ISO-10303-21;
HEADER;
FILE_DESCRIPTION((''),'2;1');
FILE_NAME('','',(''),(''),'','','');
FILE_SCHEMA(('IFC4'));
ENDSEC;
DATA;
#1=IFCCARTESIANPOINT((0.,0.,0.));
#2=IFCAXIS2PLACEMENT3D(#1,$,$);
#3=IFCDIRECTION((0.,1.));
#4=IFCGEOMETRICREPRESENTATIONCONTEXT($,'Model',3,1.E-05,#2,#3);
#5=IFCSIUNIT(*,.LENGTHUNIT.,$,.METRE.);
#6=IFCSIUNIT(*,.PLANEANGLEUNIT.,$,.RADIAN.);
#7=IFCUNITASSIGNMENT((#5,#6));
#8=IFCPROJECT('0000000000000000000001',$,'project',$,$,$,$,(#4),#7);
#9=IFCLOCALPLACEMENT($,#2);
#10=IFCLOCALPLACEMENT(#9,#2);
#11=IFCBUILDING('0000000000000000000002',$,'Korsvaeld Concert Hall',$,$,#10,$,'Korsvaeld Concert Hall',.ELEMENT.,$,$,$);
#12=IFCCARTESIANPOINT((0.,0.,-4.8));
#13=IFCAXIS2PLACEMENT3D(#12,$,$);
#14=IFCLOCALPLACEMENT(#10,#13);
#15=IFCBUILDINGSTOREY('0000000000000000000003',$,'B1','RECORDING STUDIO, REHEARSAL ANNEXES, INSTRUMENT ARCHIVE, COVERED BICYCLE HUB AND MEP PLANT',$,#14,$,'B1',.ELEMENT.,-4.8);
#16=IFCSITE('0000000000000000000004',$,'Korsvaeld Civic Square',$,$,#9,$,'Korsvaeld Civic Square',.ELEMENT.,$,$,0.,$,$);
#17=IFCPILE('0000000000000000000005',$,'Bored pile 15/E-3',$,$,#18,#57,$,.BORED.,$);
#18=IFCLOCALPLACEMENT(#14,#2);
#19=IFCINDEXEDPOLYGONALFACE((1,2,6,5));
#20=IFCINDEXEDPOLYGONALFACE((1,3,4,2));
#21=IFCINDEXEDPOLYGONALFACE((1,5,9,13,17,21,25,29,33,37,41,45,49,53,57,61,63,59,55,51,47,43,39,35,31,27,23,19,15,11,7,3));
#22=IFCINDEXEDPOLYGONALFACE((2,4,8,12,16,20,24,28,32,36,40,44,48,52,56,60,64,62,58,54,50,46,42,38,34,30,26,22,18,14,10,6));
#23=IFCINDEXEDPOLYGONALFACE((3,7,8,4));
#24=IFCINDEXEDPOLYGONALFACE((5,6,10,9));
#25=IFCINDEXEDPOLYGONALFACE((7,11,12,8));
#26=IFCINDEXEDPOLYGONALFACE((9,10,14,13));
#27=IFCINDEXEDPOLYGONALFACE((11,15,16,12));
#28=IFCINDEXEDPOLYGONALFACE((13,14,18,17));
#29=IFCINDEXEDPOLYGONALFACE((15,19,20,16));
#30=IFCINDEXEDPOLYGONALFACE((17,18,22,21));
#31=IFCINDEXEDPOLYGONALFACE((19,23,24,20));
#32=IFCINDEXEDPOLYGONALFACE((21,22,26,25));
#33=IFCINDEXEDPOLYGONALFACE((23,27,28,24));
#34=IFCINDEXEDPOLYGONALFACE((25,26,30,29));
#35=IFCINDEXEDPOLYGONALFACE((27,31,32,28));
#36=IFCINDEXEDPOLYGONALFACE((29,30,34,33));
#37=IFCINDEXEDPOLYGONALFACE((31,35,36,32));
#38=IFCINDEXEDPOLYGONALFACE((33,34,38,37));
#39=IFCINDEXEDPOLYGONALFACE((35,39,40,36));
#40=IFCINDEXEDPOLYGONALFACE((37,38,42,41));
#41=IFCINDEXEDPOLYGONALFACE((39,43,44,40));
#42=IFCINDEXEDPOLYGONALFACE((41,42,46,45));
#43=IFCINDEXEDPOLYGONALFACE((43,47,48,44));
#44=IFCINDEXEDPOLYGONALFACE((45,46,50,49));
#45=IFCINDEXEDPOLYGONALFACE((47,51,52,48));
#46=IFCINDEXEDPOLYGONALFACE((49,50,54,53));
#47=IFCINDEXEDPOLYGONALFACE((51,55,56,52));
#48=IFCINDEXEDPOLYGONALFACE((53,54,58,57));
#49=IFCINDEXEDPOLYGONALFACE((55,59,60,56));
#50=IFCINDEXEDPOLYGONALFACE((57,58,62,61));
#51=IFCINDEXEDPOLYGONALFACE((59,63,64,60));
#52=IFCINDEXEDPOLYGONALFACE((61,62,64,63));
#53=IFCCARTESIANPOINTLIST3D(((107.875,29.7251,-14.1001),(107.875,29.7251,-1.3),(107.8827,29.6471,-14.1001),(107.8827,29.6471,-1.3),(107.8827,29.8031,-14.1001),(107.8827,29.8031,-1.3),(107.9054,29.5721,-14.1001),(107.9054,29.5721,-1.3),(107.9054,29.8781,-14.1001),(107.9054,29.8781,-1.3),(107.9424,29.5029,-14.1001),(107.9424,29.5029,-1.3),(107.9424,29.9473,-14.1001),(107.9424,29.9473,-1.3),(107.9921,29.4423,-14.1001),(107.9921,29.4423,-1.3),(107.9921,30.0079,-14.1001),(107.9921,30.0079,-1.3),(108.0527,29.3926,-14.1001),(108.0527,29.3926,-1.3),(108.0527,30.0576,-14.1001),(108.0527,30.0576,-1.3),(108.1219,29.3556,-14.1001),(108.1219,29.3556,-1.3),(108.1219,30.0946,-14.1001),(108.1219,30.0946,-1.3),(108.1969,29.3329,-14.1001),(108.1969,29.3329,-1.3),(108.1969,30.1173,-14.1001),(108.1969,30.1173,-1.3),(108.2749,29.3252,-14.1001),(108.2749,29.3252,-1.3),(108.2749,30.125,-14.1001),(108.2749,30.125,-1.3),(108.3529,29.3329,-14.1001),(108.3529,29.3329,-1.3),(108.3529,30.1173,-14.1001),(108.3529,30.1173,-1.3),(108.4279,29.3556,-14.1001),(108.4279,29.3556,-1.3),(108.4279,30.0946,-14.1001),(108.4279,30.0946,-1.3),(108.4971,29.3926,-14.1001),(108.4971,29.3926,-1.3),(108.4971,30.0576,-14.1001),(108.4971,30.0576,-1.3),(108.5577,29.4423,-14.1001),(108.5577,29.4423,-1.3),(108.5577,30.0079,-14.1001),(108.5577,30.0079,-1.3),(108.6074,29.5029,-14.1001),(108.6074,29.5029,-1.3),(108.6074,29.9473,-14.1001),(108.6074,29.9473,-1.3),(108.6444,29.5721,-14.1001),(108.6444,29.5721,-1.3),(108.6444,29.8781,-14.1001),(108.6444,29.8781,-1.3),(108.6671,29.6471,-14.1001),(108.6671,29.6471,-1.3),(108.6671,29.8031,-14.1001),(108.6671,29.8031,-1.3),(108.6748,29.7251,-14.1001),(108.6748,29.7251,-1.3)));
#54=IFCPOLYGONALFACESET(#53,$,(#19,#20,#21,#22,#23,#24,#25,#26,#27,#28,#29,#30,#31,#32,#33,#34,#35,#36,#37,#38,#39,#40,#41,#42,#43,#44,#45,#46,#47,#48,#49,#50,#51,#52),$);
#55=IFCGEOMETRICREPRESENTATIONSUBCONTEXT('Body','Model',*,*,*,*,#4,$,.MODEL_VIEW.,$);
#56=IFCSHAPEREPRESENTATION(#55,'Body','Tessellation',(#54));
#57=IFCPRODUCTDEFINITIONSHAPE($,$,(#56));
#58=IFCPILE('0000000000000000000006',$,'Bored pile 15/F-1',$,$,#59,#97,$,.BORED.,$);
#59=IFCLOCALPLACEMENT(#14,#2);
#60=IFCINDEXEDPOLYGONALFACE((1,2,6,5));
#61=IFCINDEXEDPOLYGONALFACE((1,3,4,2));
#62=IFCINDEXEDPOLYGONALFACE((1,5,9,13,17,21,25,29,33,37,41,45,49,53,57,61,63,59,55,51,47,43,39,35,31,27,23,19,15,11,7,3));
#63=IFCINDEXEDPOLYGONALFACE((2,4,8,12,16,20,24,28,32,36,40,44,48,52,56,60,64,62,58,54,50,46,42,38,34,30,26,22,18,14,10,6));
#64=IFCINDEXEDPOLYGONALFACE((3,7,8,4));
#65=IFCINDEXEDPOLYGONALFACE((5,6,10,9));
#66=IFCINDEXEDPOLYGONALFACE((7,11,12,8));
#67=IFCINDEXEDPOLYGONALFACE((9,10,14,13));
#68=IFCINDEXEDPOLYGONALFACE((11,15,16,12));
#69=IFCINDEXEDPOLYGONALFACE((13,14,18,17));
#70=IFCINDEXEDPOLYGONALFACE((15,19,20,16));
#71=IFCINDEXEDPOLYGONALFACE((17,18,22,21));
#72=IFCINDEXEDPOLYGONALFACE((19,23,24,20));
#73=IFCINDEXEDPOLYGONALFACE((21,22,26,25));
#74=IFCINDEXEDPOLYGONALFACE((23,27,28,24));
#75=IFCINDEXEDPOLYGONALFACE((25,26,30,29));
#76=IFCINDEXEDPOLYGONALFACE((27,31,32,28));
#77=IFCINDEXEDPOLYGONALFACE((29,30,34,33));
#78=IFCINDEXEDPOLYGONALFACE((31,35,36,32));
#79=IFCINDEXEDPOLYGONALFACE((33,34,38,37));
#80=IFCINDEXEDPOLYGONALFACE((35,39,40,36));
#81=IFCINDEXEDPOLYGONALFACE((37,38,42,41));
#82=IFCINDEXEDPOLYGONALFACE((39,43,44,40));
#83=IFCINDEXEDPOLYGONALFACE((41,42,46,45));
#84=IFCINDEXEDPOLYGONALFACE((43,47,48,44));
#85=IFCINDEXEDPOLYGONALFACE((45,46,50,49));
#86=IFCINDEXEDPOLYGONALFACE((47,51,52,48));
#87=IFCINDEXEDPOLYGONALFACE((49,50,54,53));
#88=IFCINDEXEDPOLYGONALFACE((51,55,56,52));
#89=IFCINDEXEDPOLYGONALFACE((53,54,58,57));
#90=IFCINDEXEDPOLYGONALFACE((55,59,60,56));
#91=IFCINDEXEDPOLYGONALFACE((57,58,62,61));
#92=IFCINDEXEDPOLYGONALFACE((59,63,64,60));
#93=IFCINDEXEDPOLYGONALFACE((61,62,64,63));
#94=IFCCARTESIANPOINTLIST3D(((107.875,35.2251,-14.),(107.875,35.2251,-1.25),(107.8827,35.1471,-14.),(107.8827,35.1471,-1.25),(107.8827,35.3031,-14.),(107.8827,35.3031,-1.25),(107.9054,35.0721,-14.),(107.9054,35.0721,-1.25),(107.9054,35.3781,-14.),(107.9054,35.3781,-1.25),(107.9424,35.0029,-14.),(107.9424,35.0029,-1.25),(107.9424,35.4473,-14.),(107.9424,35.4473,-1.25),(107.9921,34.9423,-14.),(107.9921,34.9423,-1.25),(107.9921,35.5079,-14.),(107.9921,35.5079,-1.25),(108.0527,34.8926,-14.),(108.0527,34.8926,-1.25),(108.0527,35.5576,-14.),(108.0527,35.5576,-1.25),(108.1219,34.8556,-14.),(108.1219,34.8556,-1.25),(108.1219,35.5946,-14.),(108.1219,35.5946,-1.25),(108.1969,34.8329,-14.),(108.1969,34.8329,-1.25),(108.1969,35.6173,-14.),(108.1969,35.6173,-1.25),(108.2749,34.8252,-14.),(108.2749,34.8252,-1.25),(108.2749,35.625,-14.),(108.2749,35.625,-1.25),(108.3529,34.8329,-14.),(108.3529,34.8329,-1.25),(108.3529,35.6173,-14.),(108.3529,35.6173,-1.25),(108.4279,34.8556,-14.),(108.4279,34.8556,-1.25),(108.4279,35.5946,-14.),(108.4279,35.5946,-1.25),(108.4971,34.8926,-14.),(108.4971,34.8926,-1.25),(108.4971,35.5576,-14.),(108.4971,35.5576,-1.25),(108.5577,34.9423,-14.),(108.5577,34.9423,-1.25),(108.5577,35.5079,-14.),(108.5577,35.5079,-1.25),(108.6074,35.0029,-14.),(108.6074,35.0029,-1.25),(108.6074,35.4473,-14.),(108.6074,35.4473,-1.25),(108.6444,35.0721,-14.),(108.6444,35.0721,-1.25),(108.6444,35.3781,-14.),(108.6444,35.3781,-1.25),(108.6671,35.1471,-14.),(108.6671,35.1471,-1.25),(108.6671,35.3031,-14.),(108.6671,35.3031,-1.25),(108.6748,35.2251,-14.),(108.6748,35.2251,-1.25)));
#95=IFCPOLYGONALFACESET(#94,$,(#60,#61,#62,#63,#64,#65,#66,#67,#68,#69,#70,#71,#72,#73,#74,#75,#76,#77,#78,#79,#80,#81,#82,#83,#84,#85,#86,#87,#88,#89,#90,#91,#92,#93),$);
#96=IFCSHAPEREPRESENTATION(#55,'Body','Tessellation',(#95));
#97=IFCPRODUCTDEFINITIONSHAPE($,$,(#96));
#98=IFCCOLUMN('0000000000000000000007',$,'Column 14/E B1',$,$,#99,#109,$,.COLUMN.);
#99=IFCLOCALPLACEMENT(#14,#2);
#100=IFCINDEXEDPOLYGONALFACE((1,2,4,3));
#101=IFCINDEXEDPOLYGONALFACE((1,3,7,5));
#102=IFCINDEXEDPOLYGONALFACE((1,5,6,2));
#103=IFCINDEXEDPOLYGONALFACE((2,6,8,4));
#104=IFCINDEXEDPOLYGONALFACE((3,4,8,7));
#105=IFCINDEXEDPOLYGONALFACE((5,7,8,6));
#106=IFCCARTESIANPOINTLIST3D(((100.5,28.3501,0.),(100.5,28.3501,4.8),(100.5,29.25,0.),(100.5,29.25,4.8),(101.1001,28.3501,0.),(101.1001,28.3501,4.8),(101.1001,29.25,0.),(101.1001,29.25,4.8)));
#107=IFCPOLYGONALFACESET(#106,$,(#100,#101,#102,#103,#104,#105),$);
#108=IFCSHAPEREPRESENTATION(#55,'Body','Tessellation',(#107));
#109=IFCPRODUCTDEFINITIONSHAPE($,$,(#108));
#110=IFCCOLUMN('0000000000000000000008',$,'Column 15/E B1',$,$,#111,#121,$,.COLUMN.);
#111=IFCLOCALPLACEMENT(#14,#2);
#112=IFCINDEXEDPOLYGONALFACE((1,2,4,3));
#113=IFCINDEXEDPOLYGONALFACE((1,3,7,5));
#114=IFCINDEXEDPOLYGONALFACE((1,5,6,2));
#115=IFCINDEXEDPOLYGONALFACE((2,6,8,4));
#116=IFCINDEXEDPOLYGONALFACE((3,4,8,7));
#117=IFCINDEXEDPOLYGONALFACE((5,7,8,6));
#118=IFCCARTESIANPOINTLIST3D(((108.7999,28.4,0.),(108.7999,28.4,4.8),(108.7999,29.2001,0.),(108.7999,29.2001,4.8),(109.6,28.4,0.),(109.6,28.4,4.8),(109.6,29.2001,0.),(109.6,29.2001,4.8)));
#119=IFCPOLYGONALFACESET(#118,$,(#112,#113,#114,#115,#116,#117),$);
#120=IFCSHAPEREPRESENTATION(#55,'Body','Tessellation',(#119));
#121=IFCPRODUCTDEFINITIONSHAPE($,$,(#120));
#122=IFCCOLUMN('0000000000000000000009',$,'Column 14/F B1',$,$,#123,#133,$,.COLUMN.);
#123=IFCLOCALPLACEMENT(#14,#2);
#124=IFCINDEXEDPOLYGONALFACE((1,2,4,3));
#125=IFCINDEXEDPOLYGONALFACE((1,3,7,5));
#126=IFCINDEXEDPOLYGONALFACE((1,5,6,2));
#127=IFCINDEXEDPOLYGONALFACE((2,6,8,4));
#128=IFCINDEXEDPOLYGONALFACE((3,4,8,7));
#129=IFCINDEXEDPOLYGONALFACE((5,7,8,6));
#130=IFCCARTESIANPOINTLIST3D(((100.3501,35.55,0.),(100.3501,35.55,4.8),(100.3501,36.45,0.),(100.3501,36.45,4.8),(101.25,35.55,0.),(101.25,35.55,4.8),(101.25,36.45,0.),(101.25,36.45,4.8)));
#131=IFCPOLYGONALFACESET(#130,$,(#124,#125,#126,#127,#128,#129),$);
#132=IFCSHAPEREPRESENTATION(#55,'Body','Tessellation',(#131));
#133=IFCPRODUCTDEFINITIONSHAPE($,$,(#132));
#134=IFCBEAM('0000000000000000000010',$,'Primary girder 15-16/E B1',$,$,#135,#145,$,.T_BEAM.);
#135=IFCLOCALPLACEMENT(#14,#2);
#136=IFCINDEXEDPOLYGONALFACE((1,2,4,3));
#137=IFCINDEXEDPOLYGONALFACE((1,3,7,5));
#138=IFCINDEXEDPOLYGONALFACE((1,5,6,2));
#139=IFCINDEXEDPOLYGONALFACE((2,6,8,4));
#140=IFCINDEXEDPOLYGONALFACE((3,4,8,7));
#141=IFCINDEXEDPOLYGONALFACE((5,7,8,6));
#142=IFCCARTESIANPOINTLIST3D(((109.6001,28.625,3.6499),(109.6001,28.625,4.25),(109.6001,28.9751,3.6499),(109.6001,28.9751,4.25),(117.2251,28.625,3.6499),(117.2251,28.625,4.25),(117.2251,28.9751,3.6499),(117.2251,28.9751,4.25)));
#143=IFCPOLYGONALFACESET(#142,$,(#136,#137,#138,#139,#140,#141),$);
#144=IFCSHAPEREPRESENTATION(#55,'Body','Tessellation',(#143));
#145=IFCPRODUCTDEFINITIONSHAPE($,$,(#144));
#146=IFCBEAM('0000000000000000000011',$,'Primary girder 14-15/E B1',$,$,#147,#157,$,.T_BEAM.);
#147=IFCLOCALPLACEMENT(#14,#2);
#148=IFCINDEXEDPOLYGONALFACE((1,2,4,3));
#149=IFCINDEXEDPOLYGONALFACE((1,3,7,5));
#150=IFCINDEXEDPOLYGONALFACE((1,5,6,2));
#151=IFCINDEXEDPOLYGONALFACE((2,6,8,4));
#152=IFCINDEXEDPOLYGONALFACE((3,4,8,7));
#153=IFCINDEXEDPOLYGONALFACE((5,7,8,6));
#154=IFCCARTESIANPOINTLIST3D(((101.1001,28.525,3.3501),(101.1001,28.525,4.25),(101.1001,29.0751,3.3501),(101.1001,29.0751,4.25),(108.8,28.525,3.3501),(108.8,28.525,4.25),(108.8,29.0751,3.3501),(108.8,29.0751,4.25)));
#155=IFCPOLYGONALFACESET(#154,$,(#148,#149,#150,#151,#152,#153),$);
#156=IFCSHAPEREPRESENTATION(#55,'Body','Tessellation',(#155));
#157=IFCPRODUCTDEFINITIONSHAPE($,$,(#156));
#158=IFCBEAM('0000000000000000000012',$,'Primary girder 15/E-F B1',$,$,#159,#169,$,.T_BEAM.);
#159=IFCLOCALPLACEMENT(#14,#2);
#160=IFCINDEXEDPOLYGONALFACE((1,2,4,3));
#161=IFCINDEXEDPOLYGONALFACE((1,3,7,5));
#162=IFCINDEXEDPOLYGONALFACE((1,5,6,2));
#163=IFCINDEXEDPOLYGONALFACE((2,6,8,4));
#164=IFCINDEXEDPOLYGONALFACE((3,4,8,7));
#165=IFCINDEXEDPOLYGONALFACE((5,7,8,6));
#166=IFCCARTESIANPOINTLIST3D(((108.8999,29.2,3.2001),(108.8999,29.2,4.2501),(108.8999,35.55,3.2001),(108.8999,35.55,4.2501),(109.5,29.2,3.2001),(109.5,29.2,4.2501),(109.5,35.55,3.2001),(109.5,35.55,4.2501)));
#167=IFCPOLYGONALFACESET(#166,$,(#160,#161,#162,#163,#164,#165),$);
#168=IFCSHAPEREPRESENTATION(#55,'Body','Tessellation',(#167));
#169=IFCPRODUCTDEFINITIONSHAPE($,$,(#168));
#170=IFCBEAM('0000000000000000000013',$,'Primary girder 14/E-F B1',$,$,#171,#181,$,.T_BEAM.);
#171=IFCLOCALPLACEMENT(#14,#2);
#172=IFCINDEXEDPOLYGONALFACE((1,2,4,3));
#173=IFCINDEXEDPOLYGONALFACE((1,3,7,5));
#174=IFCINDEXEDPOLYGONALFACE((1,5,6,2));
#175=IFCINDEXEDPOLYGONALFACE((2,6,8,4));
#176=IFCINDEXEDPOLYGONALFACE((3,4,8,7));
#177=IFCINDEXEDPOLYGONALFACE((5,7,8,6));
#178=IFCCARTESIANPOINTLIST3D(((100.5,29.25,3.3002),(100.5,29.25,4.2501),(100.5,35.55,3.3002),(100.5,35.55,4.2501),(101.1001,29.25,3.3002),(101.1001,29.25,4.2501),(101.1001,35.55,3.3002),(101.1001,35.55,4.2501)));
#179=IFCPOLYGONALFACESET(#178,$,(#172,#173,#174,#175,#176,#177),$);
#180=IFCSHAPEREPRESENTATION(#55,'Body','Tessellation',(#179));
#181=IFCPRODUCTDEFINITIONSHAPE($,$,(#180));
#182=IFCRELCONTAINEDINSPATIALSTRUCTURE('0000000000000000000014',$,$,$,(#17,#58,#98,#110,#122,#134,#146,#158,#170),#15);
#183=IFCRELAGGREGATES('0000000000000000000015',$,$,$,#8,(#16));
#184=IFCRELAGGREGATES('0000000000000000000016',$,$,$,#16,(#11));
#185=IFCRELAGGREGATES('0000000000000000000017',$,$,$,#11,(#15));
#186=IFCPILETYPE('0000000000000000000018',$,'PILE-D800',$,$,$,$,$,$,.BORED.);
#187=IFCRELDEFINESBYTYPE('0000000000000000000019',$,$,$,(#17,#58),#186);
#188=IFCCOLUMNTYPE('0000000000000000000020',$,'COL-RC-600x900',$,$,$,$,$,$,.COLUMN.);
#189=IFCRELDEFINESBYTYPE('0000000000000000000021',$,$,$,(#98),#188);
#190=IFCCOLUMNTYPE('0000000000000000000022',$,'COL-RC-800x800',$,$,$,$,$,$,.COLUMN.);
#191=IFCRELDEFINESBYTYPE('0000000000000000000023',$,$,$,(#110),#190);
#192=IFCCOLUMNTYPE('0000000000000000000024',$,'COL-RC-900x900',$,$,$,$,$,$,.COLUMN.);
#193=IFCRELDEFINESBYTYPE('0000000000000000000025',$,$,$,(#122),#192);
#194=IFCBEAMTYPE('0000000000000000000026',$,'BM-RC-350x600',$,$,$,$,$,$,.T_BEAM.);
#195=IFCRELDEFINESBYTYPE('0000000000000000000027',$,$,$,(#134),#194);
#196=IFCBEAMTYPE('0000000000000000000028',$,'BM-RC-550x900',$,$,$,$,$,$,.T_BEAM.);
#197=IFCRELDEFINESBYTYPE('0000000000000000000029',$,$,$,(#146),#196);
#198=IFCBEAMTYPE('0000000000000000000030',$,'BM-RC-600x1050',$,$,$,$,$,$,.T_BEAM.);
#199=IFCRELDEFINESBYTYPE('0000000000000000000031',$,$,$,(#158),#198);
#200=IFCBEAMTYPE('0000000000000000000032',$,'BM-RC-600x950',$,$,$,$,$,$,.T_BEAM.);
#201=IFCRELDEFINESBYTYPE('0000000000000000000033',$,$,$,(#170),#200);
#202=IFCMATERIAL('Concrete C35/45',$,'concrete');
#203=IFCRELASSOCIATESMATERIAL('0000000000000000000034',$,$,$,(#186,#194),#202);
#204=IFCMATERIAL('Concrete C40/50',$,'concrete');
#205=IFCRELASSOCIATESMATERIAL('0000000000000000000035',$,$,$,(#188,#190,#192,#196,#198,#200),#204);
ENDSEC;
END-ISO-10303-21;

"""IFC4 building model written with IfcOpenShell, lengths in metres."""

from ifc_helpers import new_model, si_unit, direction, frame, origin, origin_2d, place, context, subcontext, project, spatial, rectangle, circle, extrude, material, material_profile, profile_set, type_object, element, save


model = new_model("IFC4")

# Units and contexts
model_context = context("Model", 3, precision=1e-05, world=origin(), true_north=direction((0.0, 1.0)))
body_context = subcontext(model_context, "Body", "Model", "MODEL_VIEW")
ifc_project = project(units=[si_unit("LENGTHUNIT", "METRE"), si_unit("PLANEANGLEUNIT", "RADIAN")], contexts=[model_context])

# Site, building, storey
site_placement = place(None, origin())
site = spatial("IfcSite", under=ifc_project, at=site_placement, Name="Korsvaeld Civic Square", LongName="Korsvaeld Civic Square", CompositionType="ELEMENT", RefElevation=0.0)
building_placement = place(site_placement, origin())
building = spatial("IfcBuilding", under=site, at=building_placement, Name="Korsvaeld Concert Hall", LongName="Korsvaeld Concert Hall", CompositionType="ELEMENT")
storey_placement = place(building_placement, frame((0.0, 0.0, -4.8)))
storey = spatial("IfcBuildingStorey", under=building, at=storey_placement, Name="B1", Description="RECORDING STUDIO, REHEARSAL ANNEXES, INSTRUMENT ARCHIVE, COVERED BICYCLE HUB AND MEP PLANT", LongName="B1", CompositionType="ELEMENT", Elevation=-4.8)

# Shared definitions
ifc_material_1 = material(Name="Concrete C35/45", Category="concrete")

# Piles
ifc_material_profile_1 = material_profile(ifc_material_1, circle(Radius=0.3999, at=origin_2d()), Name="BORED PILE D800")
ifc_profile_set_1 = profile_set([ifc_material_profile_1], Name="Concrete C35/45")
pile_type_1 = type_object("IfcPileType", Name="PILE-D800", PredefinedType="BORED", material=ifc_profile_set_1)
for number, where, z_axis, x_axis, name in (
    (1, (108.2749, 29.7251, -1.3), (0.0, 0.0, -1.0), (1.0, 0.0, 0.0), "Bored pile 15/E-3"),
):
    element("IfcPile", number, at=place(storey_placement, frame(where, z_axis=z_axis, x_axis=x_axis)), inside=storey, type_object=pile_type_1, Name=name, PredefinedType="BORED", context=body_context, shape_type="SweptSolid", body=[
        extrude(circle(Radius=0.3999, at=origin_2d()), origin(), (0.0, 0.0, 1.0), 12.8),
    ])
pile_placement = place(storey_placement, frame((108.2749, 35.2251, -1.25), z_axis=(0.0, 0.0, -1.0), x_axis=(1.0, 0.0, 0.0)))
element("IfcPile", 2, at=pile_placement, inside=storey, type_object=pile_type_1, Name="Bored pile 15/F-1", PredefinedType="BORED", context=body_context, shape_type="SweptSolid", body=[
    extrude(circle(Radius=0.3999, at=origin_2d()), origin(), (0.0, 0.0, 1.0), 12.75),
])

# Columns
ifc_material_2 = material(Name="Concrete C40/50", Category="concrete")
ifc_material_profile_2 = material_profile(ifc_material_2, rectangle(XDim=0.6001, YDim=0.8999, at=origin_2d()), Name="RC 600x900")
ifc_profile_set_2 = profile_set([ifc_material_profile_2], Name="Concrete C40/50")
column_type_1 = type_object("IfcColumnType", Name="COL-RC-600x900", PredefinedType="COLUMN", material=ifc_profile_set_2)
column_1_placement = place(storey_placement, frame((100.8, 28.8, 0.0), z_axis=(0.0, 0.0, 1.0), x_axis=(1.0, 0.0, 0.0)))
element("IfcColumn", 3, at=column_1_placement, inside=storey, type_object=column_type_1, Name="Column 14/E B1", PredefinedType="COLUMN", context=body_context, shape_type="SweptSolid", body=[
    extrude(rectangle(XDim=0.6001, YDim=0.8999, at=origin_2d()), origin(), (0.0, 0.0, 1.0), 4.8),
])
ifc_material_profile_3 = material_profile(ifc_material_2, rectangle(XDim=0.8, YDim=0.8, at=origin_2d()), Name="RC 800x800")
ifc_profile_set_3 = profile_set([ifc_material_profile_3], Name="Concrete C40/50")
column_type_2 = type_object("IfcColumnType", Name="COL-RC-800x800", PredefinedType="COLUMN", material=ifc_profile_set_3)
column_2_placement = place(storey_placement, frame((109.2, 28.8, 0.0), z_axis=(0.0, 0.0, 1.0), x_axis=(1.0, 0.0, 0.0)))
element("IfcColumn", 4, at=column_2_placement, inside=storey, type_object=column_type_2, Name="Column 15/E B1", PredefinedType="COLUMN", context=body_context, shape_type="SweptSolid", body=[
    extrude(rectangle(XDim=0.8, YDim=0.8, at=origin_2d()), origin(), (0.0, 0.0, 1.0), 4.8),
])
ifc_material_profile_4 = material_profile(ifc_material_2, rectangle(XDim=0.8999, YDim=0.8999, at=origin_2d()), Name="RC 900x900")
ifc_profile_set_4 = profile_set([ifc_material_profile_4], Name="Concrete C40/50")
column_type_3 = type_object("IfcColumnType", Name="COL-RC-900x900", PredefinedType="COLUMN", material=ifc_profile_set_4)
column_3_placement = place(storey_placement, frame((100.8, 36.0, 0.0), z_axis=(0.0, 0.0, 1.0), x_axis=(1.0, 0.0, 0.0)))
element("IfcColumn", 5, at=column_3_placement, inside=storey, type_object=column_type_3, Name="Column 14/F B1", PredefinedType="COLUMN", context=body_context, shape_type="SweptSolid", body=[
    extrude(rectangle(XDim=0.8999, YDim=0.8999, at=origin_2d()), origin(), (0.0, 0.0, 1.0), 4.8),
])

# Beams
ifc_material_profile_5 = material_profile(ifc_material_1, rectangle(XDim=0.3501, YDim=0.6001, at=origin_2d()), Name="RC 350x600")
ifc_profile_set_5 = profile_set([ifc_material_profile_5], Name="Concrete C35/45")
beam_type_1 = type_object("IfcBeamType", Name="BM-RC-350x600", PredefinedType="T_BEAM", material=ifc_profile_set_5)
beam_1_placement = place(storey_placement, frame((109.6001, 28.8, 3.95), z_axis=(1.0, 0.0, 0.0), x_axis=(0.0, 1.0, 0.0)))
element("IfcBeam", 6, at=beam_1_placement, inside=storey, type_object=beam_type_1, Name="Primary girder 15-16/E B1", PredefinedType="T_BEAM", context=body_context, shape_type="SweptSolid", body=[
    extrude(rectangle(XDim=0.3501, YDim=0.6001, at=origin_2d()), origin(), (0.0, 0.0, 1.0), 7.625),
])
ifc_material_profile_6 = material_profile(ifc_material_2, rectangle(XDim=0.55, YDim=0.8999, at=origin_2d()), Name="RC 550x900")
ifc_profile_set_6 = profile_set([ifc_material_profile_6], Name="Concrete C40/50")
beam_type_2 = type_object("IfcBeamType", Name="BM-RC-550x900", PredefinedType="T_BEAM", material=ifc_profile_set_6)
beam_2_placement = place(storey_placement, frame((101.1001, 28.8, 3.8), z_axis=(1.0, 0.0, 0.0), x_axis=(0.0, 1.0, 0.0)))
element("IfcBeam", 7, at=beam_2_placement, inside=storey, type_object=beam_type_2, Name="Primary girder 14-15/E B1", PredefinedType="T_BEAM", context=body_context, shape_type="SweptSolid", body=[
    extrude(rectangle(XDim=0.55, YDim=0.8999, at=origin_2d()), origin(), (0.0, 0.0, 1.0), 7.7),
])
ifc_material_profile_7 = material_profile(ifc_material_2, rectangle(XDim=0.6001, YDim=1.05, at=origin_2d()), Name="RC 600x1050")
ifc_profile_set_7 = profile_set([ifc_material_profile_7], Name="Concrete C40/50")
beam_type_3 = type_object("IfcBeamType", Name="BM-RC-600x1050", PredefinedType="T_BEAM", material=ifc_profile_set_7)
beam_3_placement = place(storey_placement, frame((109.2, 29.2, 3.7251), z_axis=(0.0, 1.0, 0.0), x_axis=(-1.0, 0.0, 0.0)))
element("IfcBeam", 8, at=beam_3_placement, inside=storey, type_object=beam_type_3, Name="Primary girder 15/E-F B1", PredefinedType="T_BEAM", context=body_context, shape_type="SweptSolid", body=[
    extrude(rectangle(XDim=0.6001, YDim=1.05, at=origin_2d()), origin(), (0.0, 0.0, 1.0), 6.3501),
])
ifc_material_profile_8 = material_profile(ifc_material_2, rectangle(XDim=0.6001, YDim=0.95, at=origin_2d()), Name="RC 600x950")
ifc_profile_set_8 = profile_set([ifc_material_profile_8], Name="Concrete C40/50")
beam_type_4 = type_object("IfcBeamType", Name="BM-RC-600x950", PredefinedType="T_BEAM", material=ifc_profile_set_8)
beam_4_placement = place(storey_placement, frame((100.8, 29.25, 3.7751), z_axis=(0.0, 1.0, 0.0), x_axis=(-1.0, 0.0, 0.0)))
element("IfcBeam", 9, at=beam_4_placement, inside=storey, type_object=beam_type_4, Name="Primary girder 14/E-F B1", PredefinedType="T_BEAM", context=body_context, shape_type="SweptSolid", body=[
    extrude(rectangle(XDim=0.6001, YDim=0.95, at=origin_2d()), origin(), (0.0, 0.0, 1.0), 6.3),
])

save(model, "model.ifc")
